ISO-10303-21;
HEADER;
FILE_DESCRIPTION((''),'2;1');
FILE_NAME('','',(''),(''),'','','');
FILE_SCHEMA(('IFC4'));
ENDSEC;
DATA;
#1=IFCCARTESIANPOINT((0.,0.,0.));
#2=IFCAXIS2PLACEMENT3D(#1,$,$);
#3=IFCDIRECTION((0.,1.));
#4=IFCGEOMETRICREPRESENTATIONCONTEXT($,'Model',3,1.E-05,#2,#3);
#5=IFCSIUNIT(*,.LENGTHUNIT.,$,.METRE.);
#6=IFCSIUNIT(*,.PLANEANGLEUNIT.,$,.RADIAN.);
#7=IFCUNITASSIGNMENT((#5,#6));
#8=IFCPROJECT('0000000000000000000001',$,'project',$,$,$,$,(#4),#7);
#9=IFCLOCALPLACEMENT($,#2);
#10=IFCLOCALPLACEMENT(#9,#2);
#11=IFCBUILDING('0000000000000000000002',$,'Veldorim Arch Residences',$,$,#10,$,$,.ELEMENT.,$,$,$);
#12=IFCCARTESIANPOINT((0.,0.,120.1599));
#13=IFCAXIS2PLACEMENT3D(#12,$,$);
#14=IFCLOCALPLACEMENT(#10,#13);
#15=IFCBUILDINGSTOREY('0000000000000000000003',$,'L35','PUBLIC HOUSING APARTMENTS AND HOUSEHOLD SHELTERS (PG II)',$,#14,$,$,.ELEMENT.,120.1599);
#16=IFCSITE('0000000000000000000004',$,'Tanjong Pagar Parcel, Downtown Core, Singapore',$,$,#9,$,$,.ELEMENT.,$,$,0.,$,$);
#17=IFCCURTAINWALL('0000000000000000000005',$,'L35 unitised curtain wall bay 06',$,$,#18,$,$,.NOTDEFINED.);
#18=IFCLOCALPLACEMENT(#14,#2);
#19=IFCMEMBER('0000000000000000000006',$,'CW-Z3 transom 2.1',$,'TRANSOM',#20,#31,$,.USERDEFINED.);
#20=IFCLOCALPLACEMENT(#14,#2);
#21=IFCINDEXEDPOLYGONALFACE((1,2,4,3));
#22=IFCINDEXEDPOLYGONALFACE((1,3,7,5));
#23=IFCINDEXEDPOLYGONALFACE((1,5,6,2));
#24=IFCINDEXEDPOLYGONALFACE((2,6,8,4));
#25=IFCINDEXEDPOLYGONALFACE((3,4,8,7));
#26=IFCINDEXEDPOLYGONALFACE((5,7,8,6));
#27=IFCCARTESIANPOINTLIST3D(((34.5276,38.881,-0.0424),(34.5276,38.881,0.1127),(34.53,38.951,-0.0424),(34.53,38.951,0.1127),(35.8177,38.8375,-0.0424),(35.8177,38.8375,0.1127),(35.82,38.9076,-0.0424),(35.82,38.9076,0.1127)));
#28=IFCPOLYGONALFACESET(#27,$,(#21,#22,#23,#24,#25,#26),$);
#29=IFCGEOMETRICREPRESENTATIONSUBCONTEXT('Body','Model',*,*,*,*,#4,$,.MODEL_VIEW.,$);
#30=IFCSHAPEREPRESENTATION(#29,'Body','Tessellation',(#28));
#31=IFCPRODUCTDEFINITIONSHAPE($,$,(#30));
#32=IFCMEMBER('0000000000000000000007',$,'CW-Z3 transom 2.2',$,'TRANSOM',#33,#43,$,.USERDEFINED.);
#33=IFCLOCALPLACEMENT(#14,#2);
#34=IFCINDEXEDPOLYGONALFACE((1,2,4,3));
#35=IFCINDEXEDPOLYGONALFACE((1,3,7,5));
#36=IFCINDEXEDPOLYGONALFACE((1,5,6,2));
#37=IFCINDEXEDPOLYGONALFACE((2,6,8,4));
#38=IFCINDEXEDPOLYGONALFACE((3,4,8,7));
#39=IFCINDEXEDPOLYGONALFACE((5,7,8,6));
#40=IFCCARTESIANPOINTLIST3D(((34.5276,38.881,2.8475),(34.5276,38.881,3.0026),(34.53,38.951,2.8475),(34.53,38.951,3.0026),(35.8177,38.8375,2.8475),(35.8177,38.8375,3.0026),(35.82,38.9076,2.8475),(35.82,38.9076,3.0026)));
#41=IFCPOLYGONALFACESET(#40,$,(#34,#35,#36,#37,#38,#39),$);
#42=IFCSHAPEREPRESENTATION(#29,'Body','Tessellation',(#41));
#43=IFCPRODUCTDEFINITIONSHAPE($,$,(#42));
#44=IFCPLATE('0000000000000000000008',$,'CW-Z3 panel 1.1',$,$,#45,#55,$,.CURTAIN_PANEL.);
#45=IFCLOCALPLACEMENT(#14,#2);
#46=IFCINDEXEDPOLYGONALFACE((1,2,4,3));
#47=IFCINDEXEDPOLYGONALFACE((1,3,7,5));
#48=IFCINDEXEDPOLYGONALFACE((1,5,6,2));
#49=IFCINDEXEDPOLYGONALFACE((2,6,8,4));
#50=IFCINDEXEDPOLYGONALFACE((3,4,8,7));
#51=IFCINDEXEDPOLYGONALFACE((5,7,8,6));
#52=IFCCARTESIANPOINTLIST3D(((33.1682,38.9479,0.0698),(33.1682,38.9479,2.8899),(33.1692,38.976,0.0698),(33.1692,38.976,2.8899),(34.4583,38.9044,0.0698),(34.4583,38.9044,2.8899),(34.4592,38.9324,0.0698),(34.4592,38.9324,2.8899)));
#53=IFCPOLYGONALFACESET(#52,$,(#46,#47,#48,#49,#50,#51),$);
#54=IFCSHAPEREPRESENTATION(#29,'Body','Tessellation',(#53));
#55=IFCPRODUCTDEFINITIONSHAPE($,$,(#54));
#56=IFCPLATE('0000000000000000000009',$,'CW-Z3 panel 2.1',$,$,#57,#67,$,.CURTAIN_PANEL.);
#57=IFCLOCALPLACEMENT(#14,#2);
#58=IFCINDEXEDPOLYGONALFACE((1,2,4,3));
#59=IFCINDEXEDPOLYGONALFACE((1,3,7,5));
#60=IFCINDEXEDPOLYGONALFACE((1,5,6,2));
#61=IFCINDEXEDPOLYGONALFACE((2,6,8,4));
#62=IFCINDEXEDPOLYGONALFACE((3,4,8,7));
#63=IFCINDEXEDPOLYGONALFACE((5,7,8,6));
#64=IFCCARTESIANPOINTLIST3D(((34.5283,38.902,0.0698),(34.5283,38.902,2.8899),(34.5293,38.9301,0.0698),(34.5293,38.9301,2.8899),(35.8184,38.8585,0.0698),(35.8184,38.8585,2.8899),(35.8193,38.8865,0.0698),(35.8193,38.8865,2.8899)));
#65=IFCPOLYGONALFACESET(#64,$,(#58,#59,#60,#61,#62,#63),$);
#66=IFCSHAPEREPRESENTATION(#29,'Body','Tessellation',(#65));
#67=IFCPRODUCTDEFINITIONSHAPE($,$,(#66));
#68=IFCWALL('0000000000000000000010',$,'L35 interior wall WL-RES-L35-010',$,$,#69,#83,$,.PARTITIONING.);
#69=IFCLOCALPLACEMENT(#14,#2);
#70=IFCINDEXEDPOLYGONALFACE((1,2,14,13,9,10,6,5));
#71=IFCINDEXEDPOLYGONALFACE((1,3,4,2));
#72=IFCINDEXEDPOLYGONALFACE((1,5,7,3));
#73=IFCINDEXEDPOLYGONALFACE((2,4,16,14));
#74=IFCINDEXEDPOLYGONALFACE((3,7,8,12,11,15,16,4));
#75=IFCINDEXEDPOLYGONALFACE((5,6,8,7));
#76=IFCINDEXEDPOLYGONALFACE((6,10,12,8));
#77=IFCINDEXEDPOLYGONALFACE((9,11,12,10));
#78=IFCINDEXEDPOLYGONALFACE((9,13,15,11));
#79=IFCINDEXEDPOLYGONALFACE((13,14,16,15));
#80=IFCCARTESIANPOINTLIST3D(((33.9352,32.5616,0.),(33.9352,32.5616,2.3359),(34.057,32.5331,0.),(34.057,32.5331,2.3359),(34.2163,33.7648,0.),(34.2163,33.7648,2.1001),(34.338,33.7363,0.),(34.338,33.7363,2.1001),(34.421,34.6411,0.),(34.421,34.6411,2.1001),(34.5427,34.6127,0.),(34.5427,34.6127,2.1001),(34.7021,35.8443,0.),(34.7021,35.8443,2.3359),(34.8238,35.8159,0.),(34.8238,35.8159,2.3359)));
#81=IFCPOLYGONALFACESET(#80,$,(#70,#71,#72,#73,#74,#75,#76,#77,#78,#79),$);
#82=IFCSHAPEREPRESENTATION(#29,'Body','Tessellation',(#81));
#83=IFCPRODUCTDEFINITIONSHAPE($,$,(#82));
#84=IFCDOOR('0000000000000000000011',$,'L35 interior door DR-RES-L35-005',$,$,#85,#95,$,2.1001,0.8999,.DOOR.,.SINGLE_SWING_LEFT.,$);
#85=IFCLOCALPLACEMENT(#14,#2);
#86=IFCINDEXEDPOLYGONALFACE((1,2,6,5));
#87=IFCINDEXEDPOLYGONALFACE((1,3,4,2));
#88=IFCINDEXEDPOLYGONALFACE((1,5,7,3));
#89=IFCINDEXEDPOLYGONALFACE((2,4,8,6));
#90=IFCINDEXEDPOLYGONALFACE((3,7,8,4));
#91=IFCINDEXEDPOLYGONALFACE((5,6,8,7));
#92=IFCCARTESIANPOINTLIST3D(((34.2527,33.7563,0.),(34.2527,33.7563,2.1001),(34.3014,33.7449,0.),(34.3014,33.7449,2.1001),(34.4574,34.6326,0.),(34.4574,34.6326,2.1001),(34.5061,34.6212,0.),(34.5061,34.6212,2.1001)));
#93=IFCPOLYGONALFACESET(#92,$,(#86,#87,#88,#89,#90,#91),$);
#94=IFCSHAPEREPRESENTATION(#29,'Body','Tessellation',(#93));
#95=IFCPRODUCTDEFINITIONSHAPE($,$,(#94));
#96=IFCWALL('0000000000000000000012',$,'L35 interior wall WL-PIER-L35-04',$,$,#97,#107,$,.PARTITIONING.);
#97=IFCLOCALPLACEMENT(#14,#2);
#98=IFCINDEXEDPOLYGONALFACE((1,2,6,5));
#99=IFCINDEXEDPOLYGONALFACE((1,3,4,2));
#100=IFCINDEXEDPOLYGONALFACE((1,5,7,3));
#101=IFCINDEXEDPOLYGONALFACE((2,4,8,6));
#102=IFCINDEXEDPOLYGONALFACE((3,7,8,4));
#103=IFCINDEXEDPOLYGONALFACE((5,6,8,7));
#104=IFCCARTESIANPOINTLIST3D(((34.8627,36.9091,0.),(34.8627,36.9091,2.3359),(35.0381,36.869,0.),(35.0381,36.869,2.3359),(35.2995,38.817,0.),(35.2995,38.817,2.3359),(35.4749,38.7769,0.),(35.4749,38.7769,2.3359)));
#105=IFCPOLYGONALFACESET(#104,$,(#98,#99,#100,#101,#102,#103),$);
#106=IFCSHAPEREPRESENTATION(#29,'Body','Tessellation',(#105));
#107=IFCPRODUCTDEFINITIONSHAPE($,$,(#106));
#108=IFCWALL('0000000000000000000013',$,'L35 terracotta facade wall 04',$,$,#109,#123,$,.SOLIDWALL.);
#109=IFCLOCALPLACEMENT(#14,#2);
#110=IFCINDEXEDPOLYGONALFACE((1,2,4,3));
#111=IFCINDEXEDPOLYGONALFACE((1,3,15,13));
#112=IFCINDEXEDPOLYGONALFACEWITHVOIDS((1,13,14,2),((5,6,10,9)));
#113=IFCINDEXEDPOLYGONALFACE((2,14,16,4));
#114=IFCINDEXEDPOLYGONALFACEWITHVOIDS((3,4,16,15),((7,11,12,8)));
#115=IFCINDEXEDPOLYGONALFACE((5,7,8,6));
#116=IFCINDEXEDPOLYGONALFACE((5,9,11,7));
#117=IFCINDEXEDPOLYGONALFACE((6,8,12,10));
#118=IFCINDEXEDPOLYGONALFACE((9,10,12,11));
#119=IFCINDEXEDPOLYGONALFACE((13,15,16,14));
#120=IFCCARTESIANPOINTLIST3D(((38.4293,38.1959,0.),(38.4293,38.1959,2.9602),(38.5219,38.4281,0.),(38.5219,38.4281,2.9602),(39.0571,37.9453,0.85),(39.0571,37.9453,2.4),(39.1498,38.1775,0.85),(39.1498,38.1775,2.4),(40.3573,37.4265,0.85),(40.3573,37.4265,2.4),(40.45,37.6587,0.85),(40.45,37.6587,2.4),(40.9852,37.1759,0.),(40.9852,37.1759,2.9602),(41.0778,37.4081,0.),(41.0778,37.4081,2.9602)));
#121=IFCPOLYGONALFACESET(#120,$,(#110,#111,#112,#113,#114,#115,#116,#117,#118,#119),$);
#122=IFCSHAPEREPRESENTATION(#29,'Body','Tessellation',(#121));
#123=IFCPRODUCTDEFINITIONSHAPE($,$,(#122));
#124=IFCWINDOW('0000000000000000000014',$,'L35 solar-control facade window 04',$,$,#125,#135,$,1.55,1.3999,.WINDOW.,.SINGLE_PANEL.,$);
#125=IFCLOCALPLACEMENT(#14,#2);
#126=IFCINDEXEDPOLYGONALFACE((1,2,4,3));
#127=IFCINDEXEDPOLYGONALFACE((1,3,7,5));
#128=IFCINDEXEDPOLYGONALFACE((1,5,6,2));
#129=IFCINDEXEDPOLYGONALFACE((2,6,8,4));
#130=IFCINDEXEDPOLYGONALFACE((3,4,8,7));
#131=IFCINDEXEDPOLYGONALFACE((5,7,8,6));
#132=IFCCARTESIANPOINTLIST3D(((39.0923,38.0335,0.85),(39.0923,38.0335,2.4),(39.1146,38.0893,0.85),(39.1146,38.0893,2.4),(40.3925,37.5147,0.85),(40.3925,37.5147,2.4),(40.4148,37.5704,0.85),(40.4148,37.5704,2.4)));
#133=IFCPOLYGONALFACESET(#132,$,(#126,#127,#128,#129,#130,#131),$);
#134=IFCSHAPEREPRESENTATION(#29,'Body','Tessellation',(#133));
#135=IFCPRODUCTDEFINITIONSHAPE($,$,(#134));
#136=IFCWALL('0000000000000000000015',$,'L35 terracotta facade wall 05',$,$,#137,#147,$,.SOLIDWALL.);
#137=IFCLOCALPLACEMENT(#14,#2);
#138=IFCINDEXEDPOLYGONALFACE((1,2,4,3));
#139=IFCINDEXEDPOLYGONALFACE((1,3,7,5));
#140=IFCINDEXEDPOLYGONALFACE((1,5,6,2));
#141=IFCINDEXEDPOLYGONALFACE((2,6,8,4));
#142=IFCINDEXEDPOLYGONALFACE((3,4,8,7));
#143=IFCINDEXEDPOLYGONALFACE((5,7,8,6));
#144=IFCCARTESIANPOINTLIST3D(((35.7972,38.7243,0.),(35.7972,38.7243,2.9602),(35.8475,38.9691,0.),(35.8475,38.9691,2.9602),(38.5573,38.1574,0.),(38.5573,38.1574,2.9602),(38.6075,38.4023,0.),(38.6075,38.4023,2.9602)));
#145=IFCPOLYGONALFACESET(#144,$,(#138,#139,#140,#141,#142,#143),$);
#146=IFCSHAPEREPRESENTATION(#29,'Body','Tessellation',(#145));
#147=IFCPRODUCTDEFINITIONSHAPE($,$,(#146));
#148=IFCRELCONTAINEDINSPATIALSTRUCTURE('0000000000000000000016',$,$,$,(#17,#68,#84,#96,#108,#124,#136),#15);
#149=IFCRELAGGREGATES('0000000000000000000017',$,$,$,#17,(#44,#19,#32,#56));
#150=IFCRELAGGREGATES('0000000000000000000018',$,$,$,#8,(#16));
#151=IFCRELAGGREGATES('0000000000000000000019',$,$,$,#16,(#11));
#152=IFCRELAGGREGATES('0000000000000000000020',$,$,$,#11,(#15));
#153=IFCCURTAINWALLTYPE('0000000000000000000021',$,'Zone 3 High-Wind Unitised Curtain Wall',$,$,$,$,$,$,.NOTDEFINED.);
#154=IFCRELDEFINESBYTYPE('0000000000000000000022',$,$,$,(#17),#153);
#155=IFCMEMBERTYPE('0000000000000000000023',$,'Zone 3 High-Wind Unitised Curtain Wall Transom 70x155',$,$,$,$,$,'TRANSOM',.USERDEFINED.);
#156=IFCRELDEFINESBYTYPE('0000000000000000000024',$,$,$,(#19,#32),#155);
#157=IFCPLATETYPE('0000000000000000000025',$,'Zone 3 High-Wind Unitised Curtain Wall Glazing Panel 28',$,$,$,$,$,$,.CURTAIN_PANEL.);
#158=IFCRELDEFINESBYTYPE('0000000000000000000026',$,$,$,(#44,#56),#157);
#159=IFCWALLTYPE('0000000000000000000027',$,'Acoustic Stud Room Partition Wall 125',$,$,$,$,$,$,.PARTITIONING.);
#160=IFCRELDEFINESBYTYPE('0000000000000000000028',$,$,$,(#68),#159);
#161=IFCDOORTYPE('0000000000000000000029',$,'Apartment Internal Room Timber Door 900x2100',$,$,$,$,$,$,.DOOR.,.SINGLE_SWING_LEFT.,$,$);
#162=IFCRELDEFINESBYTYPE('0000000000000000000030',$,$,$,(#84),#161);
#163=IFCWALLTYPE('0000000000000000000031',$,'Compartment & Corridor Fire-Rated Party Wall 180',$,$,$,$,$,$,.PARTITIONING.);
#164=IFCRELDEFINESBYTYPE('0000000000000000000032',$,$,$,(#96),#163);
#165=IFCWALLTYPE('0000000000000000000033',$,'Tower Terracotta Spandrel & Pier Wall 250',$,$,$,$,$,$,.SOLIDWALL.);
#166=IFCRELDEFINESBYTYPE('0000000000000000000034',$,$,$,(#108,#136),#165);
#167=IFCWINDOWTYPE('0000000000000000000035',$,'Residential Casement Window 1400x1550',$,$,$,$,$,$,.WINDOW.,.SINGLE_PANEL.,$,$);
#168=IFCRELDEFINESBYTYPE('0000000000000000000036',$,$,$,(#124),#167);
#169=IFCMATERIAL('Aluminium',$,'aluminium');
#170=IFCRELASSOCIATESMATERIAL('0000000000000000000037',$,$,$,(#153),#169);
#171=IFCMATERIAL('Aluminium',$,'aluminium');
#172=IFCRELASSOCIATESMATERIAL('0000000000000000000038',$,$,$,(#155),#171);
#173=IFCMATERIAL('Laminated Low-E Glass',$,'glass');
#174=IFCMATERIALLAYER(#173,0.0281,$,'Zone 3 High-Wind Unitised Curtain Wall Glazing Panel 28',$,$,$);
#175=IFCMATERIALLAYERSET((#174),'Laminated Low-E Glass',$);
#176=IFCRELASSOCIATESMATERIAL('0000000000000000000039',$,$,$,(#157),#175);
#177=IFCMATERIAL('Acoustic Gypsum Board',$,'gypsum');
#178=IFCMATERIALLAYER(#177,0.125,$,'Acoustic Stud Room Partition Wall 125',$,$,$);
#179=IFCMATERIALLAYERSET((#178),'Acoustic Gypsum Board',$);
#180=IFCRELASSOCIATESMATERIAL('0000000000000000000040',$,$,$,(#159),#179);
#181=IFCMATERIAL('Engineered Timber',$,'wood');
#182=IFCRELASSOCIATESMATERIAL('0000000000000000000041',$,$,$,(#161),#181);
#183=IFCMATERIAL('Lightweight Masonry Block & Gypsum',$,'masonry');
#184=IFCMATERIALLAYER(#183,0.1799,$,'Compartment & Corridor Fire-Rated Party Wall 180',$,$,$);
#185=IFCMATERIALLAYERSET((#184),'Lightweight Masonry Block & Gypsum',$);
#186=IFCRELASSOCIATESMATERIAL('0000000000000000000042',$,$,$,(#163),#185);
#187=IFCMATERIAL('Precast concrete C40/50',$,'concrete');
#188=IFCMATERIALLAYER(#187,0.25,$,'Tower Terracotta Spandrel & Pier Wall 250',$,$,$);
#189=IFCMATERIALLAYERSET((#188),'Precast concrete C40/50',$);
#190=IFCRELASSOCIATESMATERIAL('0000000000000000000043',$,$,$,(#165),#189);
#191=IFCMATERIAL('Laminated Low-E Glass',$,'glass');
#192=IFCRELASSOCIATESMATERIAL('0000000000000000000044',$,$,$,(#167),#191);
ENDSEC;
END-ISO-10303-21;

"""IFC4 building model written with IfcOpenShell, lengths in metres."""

from ifc_helpers import new_model, si_unit, direction, frame, frame_2d, origin, origin_2d, place, context, subcontext, project, spatial, rectangle, extrude, material, layer, layer_set, material_profile, profile_set, type_object, element, fill, aggregate, save


model = new_model("IFC4")

# Units and contexts
model_context = context("Model", 3, precision=1e-05, world=origin(), true_north=direction((0.0, 1.0)))
body_context = subcontext(model_context, "Body", "Model", "MODEL_VIEW")
ifc_project = project(units=[si_unit("LENGTHUNIT", "METRE"), si_unit("PLANEANGLEUNIT", "RADIAN")], contexts=[model_context])

# Site, building, storey
site_placement = place(None, origin())
site = spatial("IfcSite", under=ifc_project, at=site_placement, Name="Tanjong Pagar Parcel, Downtown Core, Singapore", CompositionType="ELEMENT", RefElevation=0.0)
building_placement = place(site_placement, origin())
building = spatial("IfcBuilding", under=site, at=building_placement, Name="Veldorim Arch Residences", CompositionType="ELEMENT")
storey_placement = place(building_placement, frame((0.0, 0.0, 120.1599)))
storey = spatial("IfcBuildingStorey", under=building, at=storey_placement, Name="L35", Description="PUBLIC HOUSING APARTMENTS AND HOUSEHOLD SHELTERS (PG II)", CompositionType="ELEMENT", Elevation=120.1599)

# Curtain wall, members, plates
ifc_material_1 = material(Name="Aluminium", Category="aluminium")
curtain_wall_type = type_object("IfcCurtainWallType", Name="Zone 3 High-Wind Unitised Curtain Wall", PredefinedType="NOTDEFINED", material=ifc_material_1)
curtain_wall_placement = place(storey_placement, origin())
curtain_wall = element("IfcCurtainWall", 1, at=curtain_wall_placement, inside=storey, type_object=curtain_wall_type, Name="L35 unitised curtain wall bay 06", PredefinedType="NOTDEFINED")
ifc_material_2 = material(Name="Aluminium", Category="aluminium")
ifc_material_profile_1 = material_profile(ifc_material_2, rectangle(XDim=0.0701, YDim=0.155, at=origin_2d()), Name="ALU_TRN_70x155")
ifc_profile_set_1 = profile_set([ifc_material_profile_1], Name="Aluminium")
member_type_1 = type_object("IfcMemberType", Name="Zone 3 High-Wind Unitised Curtain Wall Transom 70x155", ElementType="TRANSOM", PredefinedType="USERDEFINED", material=ifc_profile_set_1)
member_1_placement = place(storey_placement, frame((34.5288, 38.916, 0.0352), z_axis=(0.999433, -0.033668, 0.0), x_axis=(0.033668, 0.999433, 0.0)))
member_1 = element("IfcMember", 2, at=member_1_placement, type_object=member_type_1, Name="CW-Z3 transom 2.1", ObjectType="TRANSOM", PredefinedType="USERDEFINED", context=body_context, shape_type="SweptSolid", body=[
    extrude(rectangle(XDim=0.0701, YDim=0.155, at=origin_2d()), origin(), (0.0, 0.0, 1.0), 1.2908),
])
member_2_placement = place(storey_placement, frame((34.5288, 38.916, 2.925), z_axis=(0.999433, -0.033668, 0.0), x_axis=(0.033668, 0.999433, 0.0)))
member_2 = element("IfcMember", 3, at=member_2_placement, type_object=member_type_1, Name="CW-Z3 transom 2.2", ObjectType="TRANSOM", PredefinedType="USERDEFINED", context=body_context, shape_type="SweptSolid", body=[
    extrude(rectangle(XDim=0.0701, YDim=0.155, at=origin_2d()), origin(), (0.0, 0.0, 1.0), 1.2908),
])
ifc_material_3 = material(Name="Laminated Low-E Glass", Category="glass")
ifc_layer_1 = layer(ifc_material_3, 0.0281, Name="Zone 3 High-Wind Unitised Curtain Wall Glazing Panel 28")
ifc_layer_set_1 = layer_set([ifc_layer_1], Name="Laminated Low-E Glass")
plate_type = type_object("IfcPlateType", Name="Zone 3 High-Wind Unitised Curtain Wall Glazing Panel 28", PredefinedType="CURTAIN_PANEL", material=ifc_layer_set_1)
plate_1_placement = place(storey_placement, frame((33.8137, 38.9402, 0.0698), z_axis=(0.0, 0.0, 1.0), x_axis=(0.999431, -0.033743, 0.0)))
plate_1 = element("IfcPlate", 4, at=plate_1_placement, type_object=plate_type, Name="CW-Z3 panel 1.1", PredefinedType="CURTAIN_PANEL", context=body_context, shape_type="SweptSolid", body=[
    extrude(rectangle(XDim=1.2908, YDim=0.0281, at=origin_2d()), origin(), (0.0, 0.0, 1.0), 2.8201),
])
plate_2_placement = place(storey_placement, frame((35.1738, 38.8943, 0.0698), z_axis=(0.0, 0.0, 1.0), x_axis=(0.999431, -0.033743, 0.0)))
plate_2 = element("IfcPlate", 5, at=plate_2_placement, type_object=plate_type, Name="CW-Z3 panel 2.1", PredefinedType="CURTAIN_PANEL", context=body_context, shape_type="SweptSolid", body=[
    extrude(rectangle(XDim=1.2908, YDim=0.0281, at=origin_2d()), origin(), (0.0, 0.0, 1.0), 2.8201),
])
aggregate(curtain_wall, [plate_1, member_1, member_2, plate_2])

# Wall, opening, door
ifc_material_4 = material(Name="Acoustic Gypsum Board", Category="gypsum")
ifc_layer_2 = layer(ifc_material_4, 0.125, Name="Acoustic Stud Room Partition Wall 125")
ifc_layer_set_2 = layer_set([ifc_layer_2], Name="Acoustic Gypsum Board")
wall_type_1 = type_object("IfcWallType", Name="Acoustic Stud Room Partition Wall 125", PredefinedType="PARTITIONING", material=ifc_layer_set_2)
wall_1_placement = place(storey_placement, frame((34.7629, 35.8301, 0.0), z_axis=(0.0, 0.0, 1.0), x_axis=(-0.227477, -0.973783, 0.0)))
wall_1 = element("IfcWall", 6, at=wall_1_placement, inside=storey, type_object=wall_type_1, Name="L35 interior wall WL-RES-L35-010", PredefinedType="PARTITIONING", context=body_context, shape_type="SweptSolid", body=[
    extrude(rectangle(XDim=3.3711, YDim=0.125, at=frame_2d((1.6855, 0.0))), origin(), (0.0, 0.0, 1.0), 2.3359),
])
opening_1_placement = place(wall_1_placement, frame((1.2356, 0.0, 0.0)))
opening_1 = element("IfcOpeningElement", 7, at=opening_1_placement, cuts=wall_1, PredefinedType="OPENING", context=body_context, shape_type="SweptSolid", body=[
    extrude(rectangle(XDim=0.8999, YDim=2.1001, at=frame_2d((0.45, 1.05))), frame((0.0, 0.0725, 0.0), z_axis=(0.0, -1.0, 0.0), x_axis=(1.0, 0.0, 0.0)), (0.0, 0.0, 1.0), 0.145),
])
ifc_material_5 = material(Name="Engineered Timber", Category="wood")
door_type_1 = type_object("IfcDoorType", Name="Apartment Internal Room Timber Door 900x2100", OperationType="SINGLE_SWING_LEFT", PredefinedType="DOOR", material=ifc_material_5)
door_1_placement = place(opening_1_placement, origin())
door_1 = element("IfcDoor", 8, at=door_1_placement, inside=storey, type_object=door_type_1, Name="L35 interior door DR-RES-L35-005", OperationType="SINGLE_SWING_LEFT", OverallHeight=2.1001, OverallWidth=0.8999, PredefinedType="DOOR", context=body_context, shape_type="SweptSolid", body=[
    extrude(rectangle(XDim=0.8999, YDim=2.1001, at=frame_2d((0.45, 1.05))), frame((0.0, 0.0249, 0.0), z_axis=(0.0, -1.0, 0.0), x_axis=(1.0, 0.0, 0.0)), (0.0, 0.0, 1.0), 0.05),
])
fill(opening_1, door_1)

# Wall
ifc_material_6 = material(Name="Lightweight Masonry Block & Gypsum", Category="masonry")
ifc_layer_3 = layer(ifc_material_6, 0.1799, Name="Compartment & Corridor Fire-Rated Party Wall 180")
ifc_layer_set_3 = layer_set([ifc_layer_3], Name="Lightweight Masonry Block & Gypsum")
wall_type_2 = type_object("IfcWallType", Name="Compartment & Corridor Fire-Rated Party Wall 180", PredefinedType="PARTITIONING", material=ifc_layer_set_3)
wall_2_placement = place(storey_placement, frame((34.9504, 36.8892, 0.0), z_axis=(0.0, 0.0, 1.0), x_axis=(0.223147, 0.974785, 0.0)))
element("IfcWall", 9, at=wall_2_placement, inside=storey, type_object=wall_type_2, Name="L35 interior wall WL-PIER-L35-04", PredefinedType="PARTITIONING", context=body_context, shape_type="SweptSolid", body=[
    extrude(rectangle(XDim=1.9573, YDim=0.1799, at=frame_2d((0.9785, 0.0))), origin(), (0.0, 0.0, 1.0), 2.3359),
])

# Wall, opening, window
ifc_material_7 = material(Name="Precast concrete C40/50", Category="concrete")
ifc_layer_4 = layer(ifc_material_7, 0.25, Name="Tower Terracotta Spandrel & Pier Wall 250")
ifc_layer_set_4 = layer_set([ifc_layer_4], Name="Precast concrete C40/50")
wall_type_3 = type_object("IfcWallType", Name="Tower Terracotta Spandrel & Pier Wall 250", PredefinedType="SOLIDWALL", material=ifc_layer_set_4)
wall_3_placement = place(storey_placement, frame((38.4756, 38.312, 0.0), z_axis=(0.0, 0.0, 1.0), x_axis=(0.92877, -0.370656, 0.0)))
wall_3 = element("IfcWall", 10, at=wall_3_placement, inside=storey, type_object=wall_type_3, Name="L35 terracotta facade wall 04", PredefinedType="SOLIDWALL", context=body_context, shape_type="SweptSolid", body=[
    extrude(rectangle(XDim=2.752, YDim=0.25, at=frame_2d((1.376, 0.0))), origin(), (0.0, 0.0, 1.0), 2.9602),
])
opening_2_placement = place(wall_3_placement, frame((0.676, 0.0, 0.8501)))
opening_2 = element("IfcOpeningElement", 11, at=opening_2_placement, cuts=wall_3, PredefinedType="OPENING", context=body_context, shape_type="SweptSolid", body=[
    extrude(rectangle(XDim=1.3999, YDim=1.55, at=frame_2d((0.7, 0.7749))), frame((0.0, 0.135, 0.0), z_axis=(0.0, -1.0, 0.0), x_axis=(1.0, 0.0, 0.0)), (0.0, 0.0, 1.0), 0.27),
])
ifc_material_8 = material(Name="Laminated Low-E Glass", Category="glass")
window_type = type_object("IfcWindowType", Name="Residential Casement Window 1400x1550", PartitioningType="SINGLE_PANEL", PredefinedType="WINDOW", material=ifc_material_8)
window_placement = place(opening_2_placement, origin())
window = element("IfcWindow", 12, at=window_placement, inside=storey, type_object=window_type, Name="L35 solar-control facade window 04", OverallHeight=1.55, OverallWidth=1.3999, PartitioningType="SINGLE_PANEL", PredefinedType="WINDOW", context=body_context, shape_type="SweptSolid", body=[
    extrude(rectangle(XDim=1.3999, YDim=1.55, at=frame_2d((0.7, 0.7749))), frame((0.0, 0.03, 0.0), z_axis=(0.0, -1.0, 0.0), x_axis=(1.0, 0.0, 0.0)), (0.0, 0.0, 1.0), 0.0601),
])
fill(opening_2, window)

# Wall
wall_4_placement = place(storey_placement, frame((35.8225, 38.8467, 0.0), z_axis=(0.0, 0.0, 1.0), x_axis=(0.979551, -0.201196, 0.0)))
element("IfcWall", 13, at=wall_4_placement, inside=storey, type_object=wall_type_3, Name="L35 terracotta facade wall 05", PredefinedType="SOLIDWALL", context=body_context, shape_type="SweptSolid", body=[
    extrude(rectangle(XDim=2.8176, YDim=0.25, at=frame_2d((1.4087, 0.0))), origin(), (0.0, 0.0, 1.0), 2.9602),
])

save(model, "model.ifc")
